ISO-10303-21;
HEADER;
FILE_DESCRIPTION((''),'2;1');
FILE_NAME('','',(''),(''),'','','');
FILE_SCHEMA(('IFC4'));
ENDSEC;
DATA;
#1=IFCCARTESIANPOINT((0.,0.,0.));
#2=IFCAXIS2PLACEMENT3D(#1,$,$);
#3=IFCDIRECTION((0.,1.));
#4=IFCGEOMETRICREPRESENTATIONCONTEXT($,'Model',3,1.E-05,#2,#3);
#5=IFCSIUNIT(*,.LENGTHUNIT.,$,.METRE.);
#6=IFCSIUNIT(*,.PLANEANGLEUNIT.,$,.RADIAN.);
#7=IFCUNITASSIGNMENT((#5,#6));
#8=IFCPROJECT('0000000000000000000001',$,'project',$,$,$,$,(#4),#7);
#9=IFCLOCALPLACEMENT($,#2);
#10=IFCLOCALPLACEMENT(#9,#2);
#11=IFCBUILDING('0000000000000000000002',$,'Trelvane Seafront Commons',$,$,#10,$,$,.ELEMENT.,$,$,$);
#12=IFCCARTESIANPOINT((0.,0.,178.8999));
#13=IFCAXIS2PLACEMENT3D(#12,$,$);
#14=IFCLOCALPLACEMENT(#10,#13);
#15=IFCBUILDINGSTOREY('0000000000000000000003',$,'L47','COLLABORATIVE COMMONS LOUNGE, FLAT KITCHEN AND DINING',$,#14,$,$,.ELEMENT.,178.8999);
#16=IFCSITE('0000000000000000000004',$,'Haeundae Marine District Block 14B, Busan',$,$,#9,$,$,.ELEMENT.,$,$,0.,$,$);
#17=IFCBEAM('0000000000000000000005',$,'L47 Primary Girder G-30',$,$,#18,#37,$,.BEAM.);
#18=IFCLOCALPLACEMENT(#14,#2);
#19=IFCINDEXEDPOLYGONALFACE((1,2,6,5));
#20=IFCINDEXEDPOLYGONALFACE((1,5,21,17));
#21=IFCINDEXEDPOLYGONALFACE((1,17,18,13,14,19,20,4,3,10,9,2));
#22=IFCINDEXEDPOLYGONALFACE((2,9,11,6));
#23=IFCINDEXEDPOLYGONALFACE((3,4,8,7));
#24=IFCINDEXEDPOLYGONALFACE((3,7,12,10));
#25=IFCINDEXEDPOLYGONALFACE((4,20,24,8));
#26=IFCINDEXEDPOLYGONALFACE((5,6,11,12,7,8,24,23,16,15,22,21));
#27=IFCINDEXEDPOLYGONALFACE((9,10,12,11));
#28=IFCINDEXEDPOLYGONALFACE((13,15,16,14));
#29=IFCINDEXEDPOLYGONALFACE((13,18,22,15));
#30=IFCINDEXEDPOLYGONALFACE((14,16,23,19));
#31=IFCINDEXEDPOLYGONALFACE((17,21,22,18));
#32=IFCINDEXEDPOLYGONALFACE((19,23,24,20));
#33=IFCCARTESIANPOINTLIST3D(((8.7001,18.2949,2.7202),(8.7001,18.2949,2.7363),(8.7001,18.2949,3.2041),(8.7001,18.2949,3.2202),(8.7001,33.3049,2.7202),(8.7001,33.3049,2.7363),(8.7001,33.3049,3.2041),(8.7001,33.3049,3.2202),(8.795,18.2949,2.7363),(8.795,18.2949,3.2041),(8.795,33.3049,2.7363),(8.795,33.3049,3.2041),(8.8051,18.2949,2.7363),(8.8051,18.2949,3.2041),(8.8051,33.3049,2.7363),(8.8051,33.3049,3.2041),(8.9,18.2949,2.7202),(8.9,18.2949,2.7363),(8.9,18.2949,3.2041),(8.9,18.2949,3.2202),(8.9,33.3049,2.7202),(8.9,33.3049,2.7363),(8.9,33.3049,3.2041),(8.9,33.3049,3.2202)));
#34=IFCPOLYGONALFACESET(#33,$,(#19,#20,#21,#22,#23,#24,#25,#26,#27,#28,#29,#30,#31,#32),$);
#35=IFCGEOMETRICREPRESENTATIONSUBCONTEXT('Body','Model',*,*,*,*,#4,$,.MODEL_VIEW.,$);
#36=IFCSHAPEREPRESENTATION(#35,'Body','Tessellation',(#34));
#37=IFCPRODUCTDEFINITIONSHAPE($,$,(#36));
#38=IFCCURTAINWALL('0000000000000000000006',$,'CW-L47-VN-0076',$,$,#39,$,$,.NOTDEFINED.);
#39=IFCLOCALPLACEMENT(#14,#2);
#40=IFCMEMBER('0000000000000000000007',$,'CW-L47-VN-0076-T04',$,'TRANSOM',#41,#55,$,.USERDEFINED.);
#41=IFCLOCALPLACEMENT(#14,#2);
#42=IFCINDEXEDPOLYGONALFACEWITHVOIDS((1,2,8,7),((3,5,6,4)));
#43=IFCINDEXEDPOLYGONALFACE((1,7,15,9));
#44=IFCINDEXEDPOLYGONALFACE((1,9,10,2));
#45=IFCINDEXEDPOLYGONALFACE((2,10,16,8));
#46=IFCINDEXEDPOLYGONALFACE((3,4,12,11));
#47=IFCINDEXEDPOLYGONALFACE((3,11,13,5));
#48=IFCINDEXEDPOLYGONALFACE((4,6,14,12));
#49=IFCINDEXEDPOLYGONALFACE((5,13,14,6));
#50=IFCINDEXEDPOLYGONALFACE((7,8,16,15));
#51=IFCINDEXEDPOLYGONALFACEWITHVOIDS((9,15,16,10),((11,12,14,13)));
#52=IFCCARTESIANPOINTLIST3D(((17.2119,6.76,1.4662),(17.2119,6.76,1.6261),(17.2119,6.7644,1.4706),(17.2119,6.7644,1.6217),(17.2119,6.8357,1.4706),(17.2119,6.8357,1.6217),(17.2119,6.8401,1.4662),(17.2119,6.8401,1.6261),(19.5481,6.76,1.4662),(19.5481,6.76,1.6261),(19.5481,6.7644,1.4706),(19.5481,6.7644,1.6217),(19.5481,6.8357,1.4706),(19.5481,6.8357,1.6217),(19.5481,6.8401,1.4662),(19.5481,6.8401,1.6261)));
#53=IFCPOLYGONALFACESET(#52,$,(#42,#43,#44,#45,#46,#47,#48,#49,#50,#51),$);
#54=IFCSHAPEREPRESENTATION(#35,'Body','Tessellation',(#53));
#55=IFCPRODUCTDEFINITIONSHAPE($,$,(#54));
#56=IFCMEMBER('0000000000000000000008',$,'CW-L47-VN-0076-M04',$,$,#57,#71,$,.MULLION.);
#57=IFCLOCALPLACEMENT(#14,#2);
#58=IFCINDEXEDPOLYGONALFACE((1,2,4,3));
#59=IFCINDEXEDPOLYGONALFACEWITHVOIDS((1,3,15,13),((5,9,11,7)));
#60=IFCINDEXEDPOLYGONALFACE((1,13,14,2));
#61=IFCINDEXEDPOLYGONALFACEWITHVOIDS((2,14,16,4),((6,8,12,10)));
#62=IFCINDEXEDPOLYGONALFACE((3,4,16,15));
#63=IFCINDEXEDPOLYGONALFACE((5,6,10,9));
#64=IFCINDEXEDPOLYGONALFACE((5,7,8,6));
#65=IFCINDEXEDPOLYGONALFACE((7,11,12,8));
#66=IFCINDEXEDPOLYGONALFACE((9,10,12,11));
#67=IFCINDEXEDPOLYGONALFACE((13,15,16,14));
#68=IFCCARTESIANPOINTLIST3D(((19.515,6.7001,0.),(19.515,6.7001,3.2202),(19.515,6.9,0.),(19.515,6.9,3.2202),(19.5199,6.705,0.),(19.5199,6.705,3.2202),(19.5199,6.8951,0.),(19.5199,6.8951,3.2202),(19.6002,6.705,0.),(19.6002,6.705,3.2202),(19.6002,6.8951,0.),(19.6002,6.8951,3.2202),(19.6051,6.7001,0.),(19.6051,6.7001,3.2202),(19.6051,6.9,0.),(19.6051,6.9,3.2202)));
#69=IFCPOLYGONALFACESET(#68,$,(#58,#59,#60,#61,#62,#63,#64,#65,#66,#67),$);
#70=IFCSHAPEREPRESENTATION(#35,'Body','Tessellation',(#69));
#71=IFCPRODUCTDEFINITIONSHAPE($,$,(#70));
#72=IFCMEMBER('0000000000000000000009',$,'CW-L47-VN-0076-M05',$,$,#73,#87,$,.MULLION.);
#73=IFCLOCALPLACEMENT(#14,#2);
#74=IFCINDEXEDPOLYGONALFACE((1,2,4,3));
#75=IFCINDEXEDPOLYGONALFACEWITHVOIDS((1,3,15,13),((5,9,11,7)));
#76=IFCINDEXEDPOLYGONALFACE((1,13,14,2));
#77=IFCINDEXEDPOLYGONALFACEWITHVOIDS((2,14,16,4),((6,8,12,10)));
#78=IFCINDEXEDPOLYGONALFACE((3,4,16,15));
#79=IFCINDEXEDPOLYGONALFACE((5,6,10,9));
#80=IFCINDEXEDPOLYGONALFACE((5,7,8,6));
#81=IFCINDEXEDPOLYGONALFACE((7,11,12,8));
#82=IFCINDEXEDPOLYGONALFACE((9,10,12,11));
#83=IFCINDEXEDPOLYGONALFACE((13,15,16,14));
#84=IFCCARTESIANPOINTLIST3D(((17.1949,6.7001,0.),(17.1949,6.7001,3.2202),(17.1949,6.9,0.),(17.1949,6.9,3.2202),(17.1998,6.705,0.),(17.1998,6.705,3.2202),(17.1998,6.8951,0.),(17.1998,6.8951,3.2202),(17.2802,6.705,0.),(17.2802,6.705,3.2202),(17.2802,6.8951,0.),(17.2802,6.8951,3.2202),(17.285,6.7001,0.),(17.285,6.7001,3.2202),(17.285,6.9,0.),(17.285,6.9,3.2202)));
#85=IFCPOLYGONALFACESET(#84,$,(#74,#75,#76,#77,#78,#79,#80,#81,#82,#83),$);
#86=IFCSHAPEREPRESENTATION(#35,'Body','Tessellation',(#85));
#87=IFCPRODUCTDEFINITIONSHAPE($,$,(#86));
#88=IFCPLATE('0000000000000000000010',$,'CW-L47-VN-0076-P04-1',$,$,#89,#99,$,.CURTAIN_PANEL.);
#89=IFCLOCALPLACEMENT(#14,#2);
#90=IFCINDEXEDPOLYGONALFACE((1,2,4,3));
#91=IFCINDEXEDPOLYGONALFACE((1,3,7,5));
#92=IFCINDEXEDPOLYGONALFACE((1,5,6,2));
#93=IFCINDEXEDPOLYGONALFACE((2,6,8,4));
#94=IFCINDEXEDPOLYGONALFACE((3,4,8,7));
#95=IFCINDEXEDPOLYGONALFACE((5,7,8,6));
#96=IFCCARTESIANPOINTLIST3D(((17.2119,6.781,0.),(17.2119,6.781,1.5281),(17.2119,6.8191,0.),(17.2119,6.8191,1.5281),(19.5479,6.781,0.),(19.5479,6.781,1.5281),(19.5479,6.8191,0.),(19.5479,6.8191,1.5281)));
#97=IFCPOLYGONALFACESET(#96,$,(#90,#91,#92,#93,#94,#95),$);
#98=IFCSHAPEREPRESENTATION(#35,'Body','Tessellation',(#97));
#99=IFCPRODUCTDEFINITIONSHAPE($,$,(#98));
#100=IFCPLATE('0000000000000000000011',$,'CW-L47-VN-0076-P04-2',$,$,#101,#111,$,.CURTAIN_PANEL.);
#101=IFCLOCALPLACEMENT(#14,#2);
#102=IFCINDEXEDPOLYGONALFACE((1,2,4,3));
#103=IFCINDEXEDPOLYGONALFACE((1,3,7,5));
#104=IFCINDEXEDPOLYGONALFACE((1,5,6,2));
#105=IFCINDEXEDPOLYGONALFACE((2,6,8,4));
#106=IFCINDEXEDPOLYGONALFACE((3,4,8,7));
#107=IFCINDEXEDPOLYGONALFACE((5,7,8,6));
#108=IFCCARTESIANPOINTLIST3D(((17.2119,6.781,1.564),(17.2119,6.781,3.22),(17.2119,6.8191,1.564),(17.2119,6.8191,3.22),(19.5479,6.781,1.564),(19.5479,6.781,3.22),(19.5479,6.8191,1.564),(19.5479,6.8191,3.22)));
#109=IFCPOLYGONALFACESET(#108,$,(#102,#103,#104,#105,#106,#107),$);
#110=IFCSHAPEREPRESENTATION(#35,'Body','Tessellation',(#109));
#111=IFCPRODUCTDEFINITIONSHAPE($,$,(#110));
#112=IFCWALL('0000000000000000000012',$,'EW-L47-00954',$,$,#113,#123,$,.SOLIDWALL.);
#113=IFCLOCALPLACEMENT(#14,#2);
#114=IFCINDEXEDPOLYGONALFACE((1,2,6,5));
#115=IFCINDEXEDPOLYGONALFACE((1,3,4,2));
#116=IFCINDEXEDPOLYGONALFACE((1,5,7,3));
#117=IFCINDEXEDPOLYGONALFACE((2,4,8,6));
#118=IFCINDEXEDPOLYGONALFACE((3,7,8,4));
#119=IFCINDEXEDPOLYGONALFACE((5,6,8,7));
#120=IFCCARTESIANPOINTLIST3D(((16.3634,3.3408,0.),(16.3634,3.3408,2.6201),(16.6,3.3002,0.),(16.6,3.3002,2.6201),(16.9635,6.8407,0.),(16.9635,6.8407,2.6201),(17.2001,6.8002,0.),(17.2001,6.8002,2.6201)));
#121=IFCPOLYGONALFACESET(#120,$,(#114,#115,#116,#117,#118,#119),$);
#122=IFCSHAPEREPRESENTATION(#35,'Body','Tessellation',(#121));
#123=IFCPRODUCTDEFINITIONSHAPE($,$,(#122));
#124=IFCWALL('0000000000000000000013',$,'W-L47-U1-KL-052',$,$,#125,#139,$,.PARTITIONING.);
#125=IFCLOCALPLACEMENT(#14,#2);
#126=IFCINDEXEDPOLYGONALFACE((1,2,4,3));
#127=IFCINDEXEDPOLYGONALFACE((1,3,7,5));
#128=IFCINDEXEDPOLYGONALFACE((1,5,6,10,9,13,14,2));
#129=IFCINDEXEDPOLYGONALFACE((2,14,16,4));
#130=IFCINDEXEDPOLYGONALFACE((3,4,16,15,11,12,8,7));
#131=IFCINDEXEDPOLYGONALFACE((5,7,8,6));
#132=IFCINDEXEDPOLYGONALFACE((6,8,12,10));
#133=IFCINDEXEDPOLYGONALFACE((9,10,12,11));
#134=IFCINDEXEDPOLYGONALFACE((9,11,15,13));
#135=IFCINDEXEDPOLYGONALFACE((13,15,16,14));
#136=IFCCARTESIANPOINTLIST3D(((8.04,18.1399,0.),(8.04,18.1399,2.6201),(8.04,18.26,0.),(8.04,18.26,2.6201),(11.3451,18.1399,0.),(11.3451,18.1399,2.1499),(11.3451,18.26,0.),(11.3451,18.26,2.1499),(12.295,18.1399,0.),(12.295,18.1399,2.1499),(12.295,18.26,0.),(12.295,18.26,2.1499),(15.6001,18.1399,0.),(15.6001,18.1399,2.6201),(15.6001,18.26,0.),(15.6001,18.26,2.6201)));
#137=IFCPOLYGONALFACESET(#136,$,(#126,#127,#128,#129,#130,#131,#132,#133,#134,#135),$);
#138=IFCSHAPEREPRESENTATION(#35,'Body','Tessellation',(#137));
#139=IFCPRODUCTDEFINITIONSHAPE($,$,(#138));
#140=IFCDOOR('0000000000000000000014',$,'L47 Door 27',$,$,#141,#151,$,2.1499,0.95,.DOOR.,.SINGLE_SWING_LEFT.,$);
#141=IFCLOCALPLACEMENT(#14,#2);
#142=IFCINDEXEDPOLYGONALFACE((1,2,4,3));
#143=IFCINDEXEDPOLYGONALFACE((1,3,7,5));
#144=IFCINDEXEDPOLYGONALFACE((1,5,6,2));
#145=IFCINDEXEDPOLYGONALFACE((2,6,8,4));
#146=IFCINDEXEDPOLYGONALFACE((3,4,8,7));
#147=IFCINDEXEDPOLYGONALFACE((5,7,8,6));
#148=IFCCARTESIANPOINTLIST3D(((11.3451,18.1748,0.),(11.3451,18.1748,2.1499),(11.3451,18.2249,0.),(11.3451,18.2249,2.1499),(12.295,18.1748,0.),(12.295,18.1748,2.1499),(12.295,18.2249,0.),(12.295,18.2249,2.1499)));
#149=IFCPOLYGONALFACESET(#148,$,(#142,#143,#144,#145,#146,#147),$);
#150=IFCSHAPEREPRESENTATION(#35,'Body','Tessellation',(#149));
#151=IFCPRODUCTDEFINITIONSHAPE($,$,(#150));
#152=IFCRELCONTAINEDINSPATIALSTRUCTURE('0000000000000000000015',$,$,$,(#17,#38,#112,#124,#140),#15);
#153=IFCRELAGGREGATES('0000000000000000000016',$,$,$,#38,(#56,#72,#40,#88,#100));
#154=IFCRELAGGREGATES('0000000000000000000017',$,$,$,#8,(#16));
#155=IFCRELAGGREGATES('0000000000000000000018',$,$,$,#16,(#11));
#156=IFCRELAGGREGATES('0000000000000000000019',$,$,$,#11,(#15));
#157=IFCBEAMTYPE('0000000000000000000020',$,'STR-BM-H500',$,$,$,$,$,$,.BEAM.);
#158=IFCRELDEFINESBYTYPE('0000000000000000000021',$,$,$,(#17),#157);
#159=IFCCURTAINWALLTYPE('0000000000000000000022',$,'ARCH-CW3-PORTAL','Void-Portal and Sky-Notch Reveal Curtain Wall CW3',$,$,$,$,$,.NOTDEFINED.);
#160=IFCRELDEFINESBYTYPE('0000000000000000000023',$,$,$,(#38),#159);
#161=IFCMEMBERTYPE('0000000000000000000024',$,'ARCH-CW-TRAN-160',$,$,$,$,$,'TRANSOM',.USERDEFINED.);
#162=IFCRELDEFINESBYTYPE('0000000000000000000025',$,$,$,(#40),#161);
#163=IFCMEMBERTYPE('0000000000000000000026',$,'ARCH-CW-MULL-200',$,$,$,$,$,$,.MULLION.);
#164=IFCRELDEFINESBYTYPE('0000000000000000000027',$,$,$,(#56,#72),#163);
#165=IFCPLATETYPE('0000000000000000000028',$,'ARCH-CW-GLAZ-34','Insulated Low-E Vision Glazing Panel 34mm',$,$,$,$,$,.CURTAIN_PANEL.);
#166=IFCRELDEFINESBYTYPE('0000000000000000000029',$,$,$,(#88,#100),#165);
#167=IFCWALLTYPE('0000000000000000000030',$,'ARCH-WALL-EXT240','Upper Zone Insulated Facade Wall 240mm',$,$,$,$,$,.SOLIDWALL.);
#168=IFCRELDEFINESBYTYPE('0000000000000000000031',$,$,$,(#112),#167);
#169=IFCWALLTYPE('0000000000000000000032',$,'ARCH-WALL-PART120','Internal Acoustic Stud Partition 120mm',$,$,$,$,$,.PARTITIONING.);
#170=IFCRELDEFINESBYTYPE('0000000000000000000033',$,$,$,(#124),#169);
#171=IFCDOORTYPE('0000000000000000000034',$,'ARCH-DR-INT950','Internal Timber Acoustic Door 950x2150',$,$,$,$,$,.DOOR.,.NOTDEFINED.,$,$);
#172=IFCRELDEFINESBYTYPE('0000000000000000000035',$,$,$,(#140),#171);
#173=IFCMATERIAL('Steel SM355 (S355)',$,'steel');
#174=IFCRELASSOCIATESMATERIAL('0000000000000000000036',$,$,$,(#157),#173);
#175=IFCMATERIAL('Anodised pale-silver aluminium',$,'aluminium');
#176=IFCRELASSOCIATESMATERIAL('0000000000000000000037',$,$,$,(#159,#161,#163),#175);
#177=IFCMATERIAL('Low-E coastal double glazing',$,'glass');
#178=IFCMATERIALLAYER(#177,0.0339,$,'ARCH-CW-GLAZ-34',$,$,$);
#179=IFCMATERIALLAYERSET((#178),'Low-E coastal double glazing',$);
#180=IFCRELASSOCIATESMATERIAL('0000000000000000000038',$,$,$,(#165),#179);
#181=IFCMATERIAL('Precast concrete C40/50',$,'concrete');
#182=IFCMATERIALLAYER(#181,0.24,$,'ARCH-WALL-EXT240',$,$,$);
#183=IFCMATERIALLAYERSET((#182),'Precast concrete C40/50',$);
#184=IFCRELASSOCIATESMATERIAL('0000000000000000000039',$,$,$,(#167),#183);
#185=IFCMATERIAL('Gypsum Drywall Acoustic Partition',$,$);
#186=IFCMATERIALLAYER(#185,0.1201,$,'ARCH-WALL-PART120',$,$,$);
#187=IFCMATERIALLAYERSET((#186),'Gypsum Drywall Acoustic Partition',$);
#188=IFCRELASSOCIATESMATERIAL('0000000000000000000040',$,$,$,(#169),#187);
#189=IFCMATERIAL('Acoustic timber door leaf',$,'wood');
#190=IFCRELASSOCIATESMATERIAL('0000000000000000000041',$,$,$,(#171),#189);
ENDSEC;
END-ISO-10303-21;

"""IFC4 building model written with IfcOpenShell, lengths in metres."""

from ifc_helpers import new_model, si_unit, direction, frame, frame_2d, origin, origin_2d, place, context, subcontext, project, spatial, rectangle, hollow_rectangle, i_section, extrude, source, transform, mapped, material, layer, layer_set, material_profile, profile_set, type_object, element, fill, aggregate, save


model = new_model("IFC4")

# Units and contexts
model_context = context("Model", 3, precision=1e-05, world=origin(), true_north=direction((0.0, 1.0)))
body_context = subcontext(model_context, "Body", "Model", "MODEL_VIEW")
ifc_project = project(units=[si_unit("LENGTHUNIT", "METRE"), si_unit("PLANEANGLEUNIT", "RADIAN")], contexts=[model_context])

# Site, building, storey
site_placement = place(None, origin())
site = spatial("IfcSite", under=ifc_project, at=site_placement, Name="Haeundae Marine District Block 14B, Busan", CompositionType="ELEMENT", RefElevation=0.0)
building_placement = place(site_placement, origin())
building = spatial("IfcBuilding", under=site, at=building_placement, Name="Trelvane Seafront Commons", CompositionType="ELEMENT")
storey_placement = place(building_placement, frame((0.0, 0.0, 178.8999)))
storey = spatial("IfcBuildingStorey", under=building, at=storey_placement, Name="L47", Description="COLLABORATIVE COMMONS LOUNGE, FLAT KITCHEN AND DINING", CompositionType="ELEMENT", Elevation=178.8999)

# Shared definitions
ifc_material_1 = material(Name="Steel SM355 (S355)", Category="steel")

# Beam
ifc_material_profile_1 = material_profile(ifc_material_1, i_section(OverallWidth=0.2, OverallDepth=0.5, WebThickness=0.01, FlangeThickness=0.0161, at=origin_2d()), Name="H-500x200x10x16")
ifc_profile_set_1 = profile_set([ifc_material_profile_1], Name="Steel SM355 (S355)")
beam_type_1 = type_object("IfcBeamType", Name="STR-BM-H500", PredefinedType="BEAM", material=ifc_profile_set_1)
shared_shape_1 = source(origin(), body_context, "Body", "SweptSolid", [
    extrude(i_section(OverallWidth=0.2, OverallDepth=0.5, WebThickness=0.01, FlangeThickness=0.0161, at=origin_2d()), origin(), (0.0, 0.0, 1.0), 15.01),
])
beam_1_placement = place(storey_placement, frame((8.8, 18.2949, 2.9702), z_axis=(0.0, 1.0, 0.0), x_axis=(-1.0, 0.0, 0.0)))
element("IfcBeam", 1, at=beam_1_placement, inside=storey, type_object=beam_type_1, Name="L47 Primary Girder G-30", PredefinedType="BEAM", context=body_context, shape_type="MappedRepresentation", body=[
    mapped(shared_shape_1, transform((0.0, 0.0, 0.0), x_axis=(1.0, 0.0, 0.0), y_axis=(0.0, 1.0, 0.0), z_axis=(0.0, 0.0, 1.0), scale=1.0)),
])

# Curtain wall, members, plates
ifc_material_2 = material(Name="Anodised pale-silver aluminium", Category="aluminium")
curtain_wall_type = type_object("IfcCurtainWallType", Name="ARCH-CW3-PORTAL", Description="Void-Portal and Sky-Notch Reveal Curtain Wall CW3", PredefinedType="NOTDEFINED", material=ifc_material_2)
curtain_wall_placement = place(storey_placement, origin())
curtain_wall = element("IfcCurtainWall", 2, at=curtain_wall_placement, inside=storey, type_object=curtain_wall_type, Name="CW-L47-VN-0076", PredefinedType="NOTDEFINED")
ifc_material_profile_2 = material_profile(ifc_material_2, hollow_rectangle(XDim=0.0801, YDim=0.1599, WallThickness=0.0044, at=origin_2d()), Name="TRAN-80x160x4.5")
ifc_profile_set_2 = profile_set([ifc_material_profile_2], Name="Anodised pale-silver aluminium")
member_type_1 = type_object("IfcMemberType", Name="ARCH-CW-TRAN-160", ElementType="TRANSOM", PredefinedType="USERDEFINED", material=ifc_profile_set_2)
shared_shape_2 = source(origin(), body_context, "Body", "SweptSolid", [
    extrude(hollow_rectangle(XDim=0.0801, YDim=0.1599, WallThickness=0.0044, at=origin_2d()), origin(), (0.0, 0.0, 1.0), 2.3362),
])
member_1_placement = place(storey_placement, frame((19.5481, 6.8, 1.5461), z_axis=(-1.0, 0.0, 0.0), x_axis=(0.0, -1.0, 0.0)))
member_1 = element("IfcMember", 3, at=member_1_placement, type_object=member_type_1, Name="CW-L47-VN-0076-T04", ObjectType="TRANSOM", PredefinedType="USERDEFINED", context=body_context, shape_type="MappedRepresentation", body=[
    mapped(shared_shape_2, transform((0.0, 0.0, 0.0), x_axis=(1.0, 0.0, 0.0), y_axis=(0.0, 1.0, 0.0), z_axis=(0.0, 0.0, 1.0), scale=1.0)),
])
ifc_material_profile_3 = material_profile(ifc_material_2, hollow_rectangle(XDim=0.0901, YDim=0.2, WallThickness=0.0049, at=origin_2d()), Name="MULL-90x200x5")
ifc_profile_set_3 = profile_set([ifc_material_profile_3], Name="Anodised pale-silver aluminium")
member_type_2 = type_object("IfcMemberType", Name="ARCH-CW-MULL-200", PredefinedType="MULLION", material=ifc_profile_set_3)
shared_shape_3 = source(origin(), body_context, "Body", "SweptSolid", [
    extrude(hollow_rectangle(XDim=0.0901, YDim=0.2, WallThickness=0.0049, at=origin_2d()), origin(), (0.0, 0.0, 1.0), 3.2202),
])
member_2_placement = place(storey_placement, frame((19.5601, 6.8, 0.0), z_axis=(0.0, 0.0, 1.0), x_axis=(1.0, 0.0, 0.0)))
member_2 = element("IfcMember", 4, at=member_2_placement, type_object=member_type_2, Name="CW-L47-VN-0076-M04", PredefinedType="MULLION", context=body_context, shape_type="MappedRepresentation", body=[
    mapped(shared_shape_3, transform((0.0, 0.0, 0.0), x_axis=(1.0, 0.0, 0.0), y_axis=(0.0, 1.0, 0.0), z_axis=(0.0, 0.0, 1.0), scale=1.0)),
])
member_3_placement = place(storey_placement, frame((17.24, 6.8, 0.0), z_axis=(0.0, 0.0, 1.0), x_axis=(1.0, 0.0, 0.0)))
member_3 = element("IfcMember", 5, at=member_3_placement, type_object=member_type_2, Name="CW-L47-VN-0076-M05", PredefinedType="MULLION", context=body_context, shape_type="MappedRepresentation", body=[
    mapped(shared_shape_3, transform((0.0, 0.0, 0.0), x_axis=(1.0, 0.0, 0.0), y_axis=(0.0, 1.0, 0.0), z_axis=(0.0, 0.0, 1.0), scale=1.0)),
])
ifc_material_3 = material(Name="Low-E coastal double glazing", Category="glass")
ifc_layer_1 = layer(ifc_material_3, 0.0339, Name="ARCH-CW-GLAZ-34")
ifc_layer_set_1 = layer_set([ifc_layer_1], Name="Low-E coastal double glazing")
plate_type = type_object("IfcPlateType", Name="ARCH-CW-GLAZ-34", Description="Insulated Low-E Vision Glazing Panel 34mm", PredefinedType="CURTAIN_PANEL", material=ifc_layer_set_1)
shared_shape_4 = source(origin(), body_context, "Body", "SweptSolid", [
    extrude(rectangle(XDim=2.3359, YDim=0.0381, at=origin_2d()), origin(), (0.0, 0.0, 1.0), 1.5281),
])
plate_1_placement = place(storey_placement, frame((18.3799, 6.8, 0.0), z_axis=(0.0, 0.0, 1.0), x_axis=(-1.0, 0.0, 0.0)))
plate_1 = element("IfcPlate", 6, at=plate_1_placement, type_object=plate_type, Name="CW-L47-VN-0076-P04-1", PredefinedType="CURTAIN_PANEL", context=body_context, shape_type="MappedRepresentation", body=[
    mapped(shared_shape_4, transform((0.0, 0.0, 0.0), x_axis=(1.0, 0.0, 0.0), y_axis=(0.0, 1.0, 0.0), z_axis=(0.0, 0.0, 1.0), scale=1.0)),
])
shared_shape_5 = source(origin(), body_context, "Body", "SweptSolid", [
    extrude(rectangle(XDim=2.3359, YDim=0.0381, at=origin_2d()), origin(), (0.0, 0.0, 1.0), 1.656),
])
plate_2_placement = place(storey_placement, frame((18.3799, 6.8, 1.564), z_axis=(0.0, 0.0, 1.0), x_axis=(-1.0, 0.0, 0.0)))
plate_2 = element("IfcPlate", 7, at=plate_2_placement, type_object=plate_type, Name="CW-L47-VN-0076-P04-2", PredefinedType="CURTAIN_PANEL", context=body_context, shape_type="MappedRepresentation", body=[
    mapped(shared_shape_5, transform((0.0, 0.0, 0.0), x_axis=(1.0, 0.0, 0.0), y_axis=(0.0, 1.0, 0.0), z_axis=(0.0, 0.0, 1.0), scale=1.0)),
])
aggregate(curtain_wall, [member_2, member_3, member_1, plate_1, plate_2])

# Wall
ifc_material_4 = material(Name="Precast concrete C40/50", Category="concrete")
ifc_layer_2 = layer(ifc_material_4, 0.24, Name="ARCH-WALL-EXT240")
ifc_layer_set_2 = layer_set([ifc_layer_2], Name="Precast concrete C40/50")
wall_type_1 = type_object("IfcWallType", Name="ARCH-WALL-EXT240", Description="Upper Zone Insulated Facade Wall 240mm", PredefinedType="SOLIDWALL", material=ifc_layer_set_2)
wall_1_placement = place(storey_placement, frame((17.0818, 6.8203, 0.0), z_axis=(0.0, 0.0, 1.0), x_axis=(-0.168991, -0.985618, 0.0)))
element("IfcWall", 8, at=wall_1_placement, inside=storey, type_object=wall_type_1, Name="EW-L47-00954", PredefinedType="SOLIDWALL", context=body_context, shape_type="SweptSolid", body=[
    extrude(rectangle(XDim=3.551, YDim=0.24, at=frame_2d((1.7754, 0.0))), origin(), (0.0, 0.0, 1.0), 2.6201),
])

# Wall, opening, door
ifc_material_5 = material(Name="Gypsum Drywall Acoustic Partition")
ifc_layer_3 = layer(ifc_material_5, 0.1201, Name="ARCH-WALL-PART120")
ifc_layer_set_3 = layer_set([ifc_layer_3], Name="Gypsum Drywall Acoustic Partition")
wall_type_2 = type_object("IfcWallType", Name="ARCH-WALL-PART120", Description="Internal Acoustic Stud Partition 120mm", PredefinedType="PARTITIONING", material=ifc_layer_set_3)
wall_2_placement = place(storey_placement, frame((8.04, 18.2, 0.0), z_axis=(0.0, 0.0, 1.0), x_axis=(1.0, 0.0, 0.0)))
wall_2 = element("IfcWall", 9, at=wall_2_placement, inside=storey, type_object=wall_type_2, Name="W-L47-U1-KL-052", PredefinedType="PARTITIONING", context=body_context, shape_type="SweptSolid", body=[
    extrude(rectangle(XDim=7.5601, YDim=0.1201, at=frame_2d((3.78, 0.0))), origin(), (0.0, 0.0, 1.0), 2.6201),
])
opening_1_placement = place(wall_2_placement, frame((3.3049, 0.0, 0.0)))
opening_1 = element("IfcOpeningElement", 10, at=opening_1_placement, cuts=wall_2, PredefinedType="OPENING", context=body_context, shape_type="SweptSolid", body=[
    extrude(rectangle(XDim=0.95, YDim=2.1499, at=frame_2d((0.4751, 1.075))), frame((0.0, 0.0701, 0.0), z_axis=(0.0, -1.0, 0.0), x_axis=(1.0, 0.0, 0.0)), (0.0, 0.0, 1.0), 0.1401),
])
ifc_material_6 = material(Name="Acoustic timber door leaf", Category="wood")
door_type_1 = type_object("IfcDoorType", Name="ARCH-DR-INT950", Description="Internal Timber Acoustic Door 950x2150", OperationType="NOTDEFINED", PredefinedType="DOOR", material=ifc_material_6)
shared_shape_6 = source(origin(), body_context, "Body", "SweptSolid", [
    extrude(rectangle(XDim=0.95, YDim=2.1499, at=frame_2d((0.4751, 1.075))), frame((0.0, 0.0249, 0.0), z_axis=(0.0, -1.0, 0.0), x_axis=(1.0, 0.0, 0.0)), (0.0, 0.0, 1.0), 0.05),
])
door_1_placement = place(opening_1_placement, origin())
door_1 = element("IfcDoor", 11, at=door_1_placement, inside=storey, type_object=door_type_1, Name="L47 Door 27", OperationType="SINGLE_SWING_LEFT", OverallHeight=2.1499, OverallWidth=0.95, PredefinedType="DOOR", context=body_context, shape_type="MappedRepresentation", body=[
    mapped(shared_shape_6, transform((0.0, 0.0, 0.0), x_axis=(1.0, 0.0, 0.0), y_axis=(0.0, 1.0, 0.0), z_axis=(0.0, 0.0, 1.0), scale=1.0)),
])
fill(opening_1, door_1)

save(model, "model.ifc")
